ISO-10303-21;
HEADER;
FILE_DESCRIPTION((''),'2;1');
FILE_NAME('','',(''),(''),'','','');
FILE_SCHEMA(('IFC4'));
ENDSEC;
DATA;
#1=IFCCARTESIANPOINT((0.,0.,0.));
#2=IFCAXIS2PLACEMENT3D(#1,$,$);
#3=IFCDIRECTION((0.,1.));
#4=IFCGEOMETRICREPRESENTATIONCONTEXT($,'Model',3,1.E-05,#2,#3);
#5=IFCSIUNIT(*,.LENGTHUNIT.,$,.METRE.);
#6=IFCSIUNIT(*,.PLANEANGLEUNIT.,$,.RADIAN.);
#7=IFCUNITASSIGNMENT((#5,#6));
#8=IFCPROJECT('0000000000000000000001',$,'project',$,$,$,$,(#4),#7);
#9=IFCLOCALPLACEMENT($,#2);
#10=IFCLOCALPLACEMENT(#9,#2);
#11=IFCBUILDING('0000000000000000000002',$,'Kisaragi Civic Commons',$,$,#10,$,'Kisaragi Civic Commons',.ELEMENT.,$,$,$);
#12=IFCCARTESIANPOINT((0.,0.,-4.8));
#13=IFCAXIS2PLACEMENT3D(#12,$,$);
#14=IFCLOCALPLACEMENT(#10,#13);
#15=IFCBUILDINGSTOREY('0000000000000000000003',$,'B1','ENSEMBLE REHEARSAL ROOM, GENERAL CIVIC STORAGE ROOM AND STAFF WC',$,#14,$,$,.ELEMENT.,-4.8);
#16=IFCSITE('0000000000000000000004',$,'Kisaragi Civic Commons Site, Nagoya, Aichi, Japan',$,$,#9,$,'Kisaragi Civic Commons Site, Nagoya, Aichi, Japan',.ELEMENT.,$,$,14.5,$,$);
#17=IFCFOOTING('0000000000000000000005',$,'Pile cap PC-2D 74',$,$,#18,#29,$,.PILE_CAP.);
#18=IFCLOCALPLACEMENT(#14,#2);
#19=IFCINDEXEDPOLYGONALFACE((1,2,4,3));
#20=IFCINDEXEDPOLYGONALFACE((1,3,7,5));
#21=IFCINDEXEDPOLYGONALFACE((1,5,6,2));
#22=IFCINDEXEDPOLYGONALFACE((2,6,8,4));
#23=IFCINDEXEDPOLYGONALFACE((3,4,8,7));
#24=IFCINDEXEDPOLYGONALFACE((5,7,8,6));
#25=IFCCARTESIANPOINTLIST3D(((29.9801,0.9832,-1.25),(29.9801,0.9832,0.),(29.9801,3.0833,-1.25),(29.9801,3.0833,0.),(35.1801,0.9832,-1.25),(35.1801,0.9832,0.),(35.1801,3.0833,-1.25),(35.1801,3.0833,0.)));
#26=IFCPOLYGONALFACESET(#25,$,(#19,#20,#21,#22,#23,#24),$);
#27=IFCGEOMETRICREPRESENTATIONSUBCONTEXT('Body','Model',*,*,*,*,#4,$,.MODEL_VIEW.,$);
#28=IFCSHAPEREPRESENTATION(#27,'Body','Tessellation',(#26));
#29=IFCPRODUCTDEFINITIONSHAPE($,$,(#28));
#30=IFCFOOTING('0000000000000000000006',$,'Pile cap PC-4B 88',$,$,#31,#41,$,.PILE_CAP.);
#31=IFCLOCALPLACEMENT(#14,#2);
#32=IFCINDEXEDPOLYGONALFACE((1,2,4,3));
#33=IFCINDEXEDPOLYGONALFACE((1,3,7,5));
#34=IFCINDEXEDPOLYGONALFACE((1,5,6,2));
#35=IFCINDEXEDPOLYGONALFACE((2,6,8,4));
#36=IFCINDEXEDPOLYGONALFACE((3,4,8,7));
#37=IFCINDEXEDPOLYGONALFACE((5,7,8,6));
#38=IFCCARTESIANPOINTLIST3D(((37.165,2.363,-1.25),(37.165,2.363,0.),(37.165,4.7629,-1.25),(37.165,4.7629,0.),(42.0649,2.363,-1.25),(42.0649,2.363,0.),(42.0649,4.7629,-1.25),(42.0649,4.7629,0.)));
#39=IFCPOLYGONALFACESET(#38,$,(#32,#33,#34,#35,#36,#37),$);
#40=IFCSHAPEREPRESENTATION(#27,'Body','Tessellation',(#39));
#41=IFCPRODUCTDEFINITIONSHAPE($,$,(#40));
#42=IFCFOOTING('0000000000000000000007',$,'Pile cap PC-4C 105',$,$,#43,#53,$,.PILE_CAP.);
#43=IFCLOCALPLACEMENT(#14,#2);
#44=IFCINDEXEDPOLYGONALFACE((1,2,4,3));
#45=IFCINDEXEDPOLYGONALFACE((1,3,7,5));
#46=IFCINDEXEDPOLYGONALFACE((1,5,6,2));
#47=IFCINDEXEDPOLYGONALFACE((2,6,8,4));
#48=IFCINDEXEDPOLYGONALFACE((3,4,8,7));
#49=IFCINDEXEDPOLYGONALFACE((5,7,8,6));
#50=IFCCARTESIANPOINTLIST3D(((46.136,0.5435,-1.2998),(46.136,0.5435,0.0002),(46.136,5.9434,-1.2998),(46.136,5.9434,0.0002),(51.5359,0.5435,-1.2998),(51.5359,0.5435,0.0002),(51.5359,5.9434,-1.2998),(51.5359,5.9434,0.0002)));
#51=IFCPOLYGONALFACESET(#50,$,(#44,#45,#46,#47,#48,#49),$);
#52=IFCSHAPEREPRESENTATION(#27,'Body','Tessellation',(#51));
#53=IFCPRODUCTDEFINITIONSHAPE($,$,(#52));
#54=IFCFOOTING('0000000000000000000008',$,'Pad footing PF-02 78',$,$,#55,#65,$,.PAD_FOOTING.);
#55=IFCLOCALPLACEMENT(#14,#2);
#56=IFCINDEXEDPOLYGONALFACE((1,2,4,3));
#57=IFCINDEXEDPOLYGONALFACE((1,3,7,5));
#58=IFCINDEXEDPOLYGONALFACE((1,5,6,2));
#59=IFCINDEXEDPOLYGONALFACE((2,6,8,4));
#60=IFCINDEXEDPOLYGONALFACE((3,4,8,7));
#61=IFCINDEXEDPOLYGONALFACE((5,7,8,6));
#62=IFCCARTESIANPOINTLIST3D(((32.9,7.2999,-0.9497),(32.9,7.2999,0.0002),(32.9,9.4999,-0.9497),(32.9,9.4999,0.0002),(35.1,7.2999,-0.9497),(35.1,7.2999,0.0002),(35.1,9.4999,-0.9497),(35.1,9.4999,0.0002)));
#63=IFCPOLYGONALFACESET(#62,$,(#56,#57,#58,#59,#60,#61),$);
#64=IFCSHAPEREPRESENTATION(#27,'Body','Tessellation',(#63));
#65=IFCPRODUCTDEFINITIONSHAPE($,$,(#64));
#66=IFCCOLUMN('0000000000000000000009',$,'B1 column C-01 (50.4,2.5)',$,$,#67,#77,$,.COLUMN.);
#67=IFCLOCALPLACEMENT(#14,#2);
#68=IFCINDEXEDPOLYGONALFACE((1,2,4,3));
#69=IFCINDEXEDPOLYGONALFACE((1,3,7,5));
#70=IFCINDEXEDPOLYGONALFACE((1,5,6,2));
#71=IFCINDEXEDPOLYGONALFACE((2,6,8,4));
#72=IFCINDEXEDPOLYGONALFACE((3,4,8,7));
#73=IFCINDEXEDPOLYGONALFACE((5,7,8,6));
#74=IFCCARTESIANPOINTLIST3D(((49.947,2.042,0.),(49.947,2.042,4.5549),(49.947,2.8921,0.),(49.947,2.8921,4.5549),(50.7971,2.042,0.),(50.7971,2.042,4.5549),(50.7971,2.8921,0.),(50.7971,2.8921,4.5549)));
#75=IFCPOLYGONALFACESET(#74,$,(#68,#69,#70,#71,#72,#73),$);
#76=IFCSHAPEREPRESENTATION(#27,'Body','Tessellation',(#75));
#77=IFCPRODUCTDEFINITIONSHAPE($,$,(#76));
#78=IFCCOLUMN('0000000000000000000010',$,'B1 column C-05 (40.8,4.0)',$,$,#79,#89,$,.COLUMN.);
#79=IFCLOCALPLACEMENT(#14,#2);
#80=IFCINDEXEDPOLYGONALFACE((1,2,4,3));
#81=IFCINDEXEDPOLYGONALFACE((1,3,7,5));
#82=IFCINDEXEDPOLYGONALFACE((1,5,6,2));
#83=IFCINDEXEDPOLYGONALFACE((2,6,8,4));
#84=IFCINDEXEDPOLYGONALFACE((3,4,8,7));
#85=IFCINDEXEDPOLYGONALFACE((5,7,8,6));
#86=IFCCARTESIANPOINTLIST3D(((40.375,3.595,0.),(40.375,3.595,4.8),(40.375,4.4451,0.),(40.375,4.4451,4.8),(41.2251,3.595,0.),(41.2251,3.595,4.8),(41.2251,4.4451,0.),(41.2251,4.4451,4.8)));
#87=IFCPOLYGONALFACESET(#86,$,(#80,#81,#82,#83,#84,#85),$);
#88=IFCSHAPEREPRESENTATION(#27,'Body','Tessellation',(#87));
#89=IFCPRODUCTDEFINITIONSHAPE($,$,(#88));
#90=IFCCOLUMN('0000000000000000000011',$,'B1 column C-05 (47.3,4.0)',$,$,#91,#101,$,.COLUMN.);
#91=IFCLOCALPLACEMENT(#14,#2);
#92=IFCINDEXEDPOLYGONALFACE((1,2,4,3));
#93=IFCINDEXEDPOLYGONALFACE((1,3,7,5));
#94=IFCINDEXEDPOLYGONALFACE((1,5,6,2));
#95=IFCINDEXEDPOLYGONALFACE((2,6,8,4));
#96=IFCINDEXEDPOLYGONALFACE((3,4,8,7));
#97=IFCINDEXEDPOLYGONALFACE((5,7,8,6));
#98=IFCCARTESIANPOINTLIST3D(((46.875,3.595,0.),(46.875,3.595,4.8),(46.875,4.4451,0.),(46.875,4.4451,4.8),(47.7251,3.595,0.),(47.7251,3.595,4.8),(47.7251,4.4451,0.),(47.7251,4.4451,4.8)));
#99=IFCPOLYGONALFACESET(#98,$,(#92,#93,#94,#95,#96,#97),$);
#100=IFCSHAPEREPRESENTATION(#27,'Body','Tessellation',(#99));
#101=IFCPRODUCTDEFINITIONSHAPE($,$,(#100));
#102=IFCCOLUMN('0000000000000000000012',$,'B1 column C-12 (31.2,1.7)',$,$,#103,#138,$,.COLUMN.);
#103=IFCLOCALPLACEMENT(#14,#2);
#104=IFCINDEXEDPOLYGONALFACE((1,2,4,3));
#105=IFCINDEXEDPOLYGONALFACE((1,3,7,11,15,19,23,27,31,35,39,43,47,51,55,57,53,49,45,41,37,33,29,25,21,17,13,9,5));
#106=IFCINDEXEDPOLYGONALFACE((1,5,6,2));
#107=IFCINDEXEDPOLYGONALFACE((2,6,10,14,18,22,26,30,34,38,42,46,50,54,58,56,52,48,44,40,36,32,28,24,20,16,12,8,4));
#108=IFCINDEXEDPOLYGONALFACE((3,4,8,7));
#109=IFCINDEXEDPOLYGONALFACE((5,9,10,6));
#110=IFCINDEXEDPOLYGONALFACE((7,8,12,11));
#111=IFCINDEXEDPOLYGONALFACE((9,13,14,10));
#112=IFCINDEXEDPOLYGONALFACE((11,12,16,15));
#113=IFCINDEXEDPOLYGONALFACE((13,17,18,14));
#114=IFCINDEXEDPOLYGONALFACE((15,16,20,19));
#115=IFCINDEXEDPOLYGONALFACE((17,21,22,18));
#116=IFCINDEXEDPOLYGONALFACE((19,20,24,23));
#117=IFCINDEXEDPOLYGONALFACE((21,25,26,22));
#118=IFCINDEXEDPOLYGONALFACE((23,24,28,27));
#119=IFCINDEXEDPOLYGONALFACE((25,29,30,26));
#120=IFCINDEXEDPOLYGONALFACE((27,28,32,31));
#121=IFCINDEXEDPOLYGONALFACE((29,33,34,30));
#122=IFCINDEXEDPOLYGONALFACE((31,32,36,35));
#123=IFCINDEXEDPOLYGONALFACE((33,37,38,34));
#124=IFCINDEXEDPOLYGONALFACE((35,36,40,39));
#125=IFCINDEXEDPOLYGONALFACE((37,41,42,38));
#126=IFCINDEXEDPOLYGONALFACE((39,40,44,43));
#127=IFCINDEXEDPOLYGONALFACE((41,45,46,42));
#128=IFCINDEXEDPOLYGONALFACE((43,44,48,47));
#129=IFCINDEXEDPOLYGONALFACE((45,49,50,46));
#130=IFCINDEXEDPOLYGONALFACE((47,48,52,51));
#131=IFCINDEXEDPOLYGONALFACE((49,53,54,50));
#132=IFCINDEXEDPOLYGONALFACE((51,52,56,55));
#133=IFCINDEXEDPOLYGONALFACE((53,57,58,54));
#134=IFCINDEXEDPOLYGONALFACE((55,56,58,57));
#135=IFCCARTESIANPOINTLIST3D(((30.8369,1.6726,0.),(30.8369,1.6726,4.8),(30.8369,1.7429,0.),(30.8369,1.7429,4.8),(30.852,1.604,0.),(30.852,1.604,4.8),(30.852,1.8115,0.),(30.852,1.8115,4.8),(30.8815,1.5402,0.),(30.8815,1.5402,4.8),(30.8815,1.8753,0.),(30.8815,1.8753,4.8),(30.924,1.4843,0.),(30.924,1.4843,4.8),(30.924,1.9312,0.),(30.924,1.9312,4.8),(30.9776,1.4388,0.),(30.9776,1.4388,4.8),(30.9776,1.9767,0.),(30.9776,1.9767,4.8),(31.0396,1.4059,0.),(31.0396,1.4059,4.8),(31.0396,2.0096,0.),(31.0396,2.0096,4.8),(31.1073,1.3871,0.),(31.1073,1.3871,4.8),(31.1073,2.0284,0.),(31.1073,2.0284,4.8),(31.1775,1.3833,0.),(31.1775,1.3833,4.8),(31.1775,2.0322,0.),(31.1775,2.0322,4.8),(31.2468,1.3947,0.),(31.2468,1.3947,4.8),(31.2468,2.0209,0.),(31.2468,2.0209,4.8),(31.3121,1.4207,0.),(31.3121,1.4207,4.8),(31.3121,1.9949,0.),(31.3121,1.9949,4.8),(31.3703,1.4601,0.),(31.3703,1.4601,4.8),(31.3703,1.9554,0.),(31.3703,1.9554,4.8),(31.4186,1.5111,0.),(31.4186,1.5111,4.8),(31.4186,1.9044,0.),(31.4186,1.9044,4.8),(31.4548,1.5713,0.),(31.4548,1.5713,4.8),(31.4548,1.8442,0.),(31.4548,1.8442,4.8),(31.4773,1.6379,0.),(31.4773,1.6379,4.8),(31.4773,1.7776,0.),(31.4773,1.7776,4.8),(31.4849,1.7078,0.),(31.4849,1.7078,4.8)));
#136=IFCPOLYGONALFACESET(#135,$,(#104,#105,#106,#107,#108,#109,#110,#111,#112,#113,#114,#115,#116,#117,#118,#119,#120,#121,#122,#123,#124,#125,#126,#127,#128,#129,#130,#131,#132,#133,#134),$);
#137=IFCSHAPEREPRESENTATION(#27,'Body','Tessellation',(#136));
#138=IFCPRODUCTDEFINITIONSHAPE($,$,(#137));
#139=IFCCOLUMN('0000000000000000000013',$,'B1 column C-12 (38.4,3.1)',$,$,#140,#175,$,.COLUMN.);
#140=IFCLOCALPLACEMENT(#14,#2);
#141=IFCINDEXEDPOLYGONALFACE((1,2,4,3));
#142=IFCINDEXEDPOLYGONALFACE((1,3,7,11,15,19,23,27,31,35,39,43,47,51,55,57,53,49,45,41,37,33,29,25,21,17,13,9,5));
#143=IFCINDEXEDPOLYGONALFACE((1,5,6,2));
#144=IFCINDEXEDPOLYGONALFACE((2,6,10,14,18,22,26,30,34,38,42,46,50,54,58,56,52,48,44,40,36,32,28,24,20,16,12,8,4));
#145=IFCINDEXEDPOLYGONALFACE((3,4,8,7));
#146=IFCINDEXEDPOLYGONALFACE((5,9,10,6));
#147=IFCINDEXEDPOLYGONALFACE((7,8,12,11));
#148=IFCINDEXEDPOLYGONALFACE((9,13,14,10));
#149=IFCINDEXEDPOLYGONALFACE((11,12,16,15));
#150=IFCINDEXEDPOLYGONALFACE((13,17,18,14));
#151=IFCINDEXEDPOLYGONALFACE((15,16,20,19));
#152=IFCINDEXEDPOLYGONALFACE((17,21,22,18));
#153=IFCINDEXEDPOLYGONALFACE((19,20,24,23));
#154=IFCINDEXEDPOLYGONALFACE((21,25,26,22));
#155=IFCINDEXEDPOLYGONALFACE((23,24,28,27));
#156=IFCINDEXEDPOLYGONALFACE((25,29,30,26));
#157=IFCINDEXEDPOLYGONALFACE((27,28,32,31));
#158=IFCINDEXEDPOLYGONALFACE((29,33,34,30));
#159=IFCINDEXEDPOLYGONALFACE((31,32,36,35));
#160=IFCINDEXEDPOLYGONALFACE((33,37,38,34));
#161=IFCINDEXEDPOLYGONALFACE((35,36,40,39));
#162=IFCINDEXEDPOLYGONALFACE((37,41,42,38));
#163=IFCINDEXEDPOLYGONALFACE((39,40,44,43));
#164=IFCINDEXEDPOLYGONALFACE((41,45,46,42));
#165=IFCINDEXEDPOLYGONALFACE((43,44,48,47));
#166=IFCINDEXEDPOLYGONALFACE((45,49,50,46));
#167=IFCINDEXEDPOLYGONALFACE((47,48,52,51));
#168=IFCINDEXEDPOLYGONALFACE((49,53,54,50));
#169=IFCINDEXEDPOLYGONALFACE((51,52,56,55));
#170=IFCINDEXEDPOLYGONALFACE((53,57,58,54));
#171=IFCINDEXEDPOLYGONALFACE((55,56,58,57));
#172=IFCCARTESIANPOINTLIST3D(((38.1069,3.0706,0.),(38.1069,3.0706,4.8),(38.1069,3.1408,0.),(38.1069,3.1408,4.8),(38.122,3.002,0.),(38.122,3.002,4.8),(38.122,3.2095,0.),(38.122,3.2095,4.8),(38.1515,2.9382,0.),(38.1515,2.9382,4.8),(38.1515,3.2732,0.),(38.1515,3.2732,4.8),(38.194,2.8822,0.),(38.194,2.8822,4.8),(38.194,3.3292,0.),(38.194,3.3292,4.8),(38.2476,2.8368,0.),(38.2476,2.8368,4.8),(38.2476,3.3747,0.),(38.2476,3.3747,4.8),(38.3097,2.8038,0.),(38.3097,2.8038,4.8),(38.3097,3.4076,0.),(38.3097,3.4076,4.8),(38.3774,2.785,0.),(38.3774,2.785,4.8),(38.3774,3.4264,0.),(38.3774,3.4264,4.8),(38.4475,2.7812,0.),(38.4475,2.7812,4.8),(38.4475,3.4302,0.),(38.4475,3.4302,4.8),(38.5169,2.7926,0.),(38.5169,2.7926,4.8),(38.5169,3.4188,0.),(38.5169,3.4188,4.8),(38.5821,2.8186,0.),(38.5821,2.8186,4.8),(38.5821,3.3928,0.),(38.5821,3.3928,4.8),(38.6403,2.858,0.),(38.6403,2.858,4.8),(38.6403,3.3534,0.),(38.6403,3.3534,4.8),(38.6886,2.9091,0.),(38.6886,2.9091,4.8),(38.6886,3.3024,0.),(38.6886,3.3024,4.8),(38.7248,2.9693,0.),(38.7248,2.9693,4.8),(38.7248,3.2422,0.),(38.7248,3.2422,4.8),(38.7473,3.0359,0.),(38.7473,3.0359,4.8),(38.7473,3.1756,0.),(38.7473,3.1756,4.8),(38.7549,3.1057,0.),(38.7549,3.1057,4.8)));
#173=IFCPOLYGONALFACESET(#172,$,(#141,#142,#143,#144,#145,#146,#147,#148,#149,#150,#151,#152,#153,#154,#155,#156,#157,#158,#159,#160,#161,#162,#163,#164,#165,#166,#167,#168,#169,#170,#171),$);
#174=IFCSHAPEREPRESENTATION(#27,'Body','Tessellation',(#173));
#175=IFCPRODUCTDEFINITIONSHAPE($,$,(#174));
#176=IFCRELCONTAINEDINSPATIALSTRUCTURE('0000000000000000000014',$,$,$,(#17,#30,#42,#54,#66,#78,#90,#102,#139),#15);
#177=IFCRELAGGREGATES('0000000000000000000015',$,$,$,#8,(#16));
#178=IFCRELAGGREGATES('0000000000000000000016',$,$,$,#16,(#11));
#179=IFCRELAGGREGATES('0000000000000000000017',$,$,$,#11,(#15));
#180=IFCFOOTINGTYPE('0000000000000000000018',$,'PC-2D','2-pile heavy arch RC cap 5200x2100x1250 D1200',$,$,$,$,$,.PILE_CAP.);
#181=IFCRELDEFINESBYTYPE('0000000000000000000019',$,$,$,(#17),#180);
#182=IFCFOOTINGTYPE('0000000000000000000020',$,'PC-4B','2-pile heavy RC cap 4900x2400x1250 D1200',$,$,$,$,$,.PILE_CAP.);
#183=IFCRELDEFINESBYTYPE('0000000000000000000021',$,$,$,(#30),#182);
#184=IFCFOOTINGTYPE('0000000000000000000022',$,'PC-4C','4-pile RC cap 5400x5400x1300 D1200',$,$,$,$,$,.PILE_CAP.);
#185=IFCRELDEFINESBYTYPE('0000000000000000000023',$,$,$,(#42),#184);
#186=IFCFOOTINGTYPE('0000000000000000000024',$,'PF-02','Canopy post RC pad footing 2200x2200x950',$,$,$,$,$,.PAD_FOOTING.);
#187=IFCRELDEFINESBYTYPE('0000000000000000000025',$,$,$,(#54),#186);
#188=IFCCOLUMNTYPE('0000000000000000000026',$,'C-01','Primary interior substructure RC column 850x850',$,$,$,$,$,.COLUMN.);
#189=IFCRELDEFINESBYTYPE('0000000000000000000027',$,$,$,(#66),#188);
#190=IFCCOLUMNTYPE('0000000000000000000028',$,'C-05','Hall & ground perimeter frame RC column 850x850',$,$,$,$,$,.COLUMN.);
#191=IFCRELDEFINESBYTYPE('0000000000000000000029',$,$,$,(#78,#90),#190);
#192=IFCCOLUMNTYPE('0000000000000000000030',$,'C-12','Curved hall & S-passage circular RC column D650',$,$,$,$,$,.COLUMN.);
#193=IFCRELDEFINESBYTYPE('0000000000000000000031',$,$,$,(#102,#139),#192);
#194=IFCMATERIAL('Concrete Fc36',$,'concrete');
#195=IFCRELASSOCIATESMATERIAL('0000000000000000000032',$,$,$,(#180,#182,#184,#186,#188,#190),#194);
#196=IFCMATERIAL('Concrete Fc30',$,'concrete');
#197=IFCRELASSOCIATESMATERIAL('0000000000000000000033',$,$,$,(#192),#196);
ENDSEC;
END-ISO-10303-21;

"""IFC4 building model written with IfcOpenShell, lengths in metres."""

from ifc_helpers import new_model, si_unit, direction, frame, origin, origin_2d, place, context, subcontext, project, spatial, rectangle, circle, extrude, material, material_profile, profile_set, type_object, element, save


model = new_model("IFC4")

# Units and contexts
model_context = context("Model", 3, precision=1e-05, world=origin(), true_north=direction((0.0, 1.0)))
body_context = subcontext(model_context, "Body", "Model", "MODEL_VIEW")
ifc_project = project(units=[si_unit("LENGTHUNIT", "METRE"), si_unit("PLANEANGLEUNIT", "RADIAN")], contexts=[model_context])

# Site, building, storey
site_placement = place(None, origin())
site = spatial("IfcSite", under=ifc_project, at=site_placement, Name="Kisaragi Civic Commons Site, Nagoya, Aichi, Japan", LongName="Kisaragi Civic Commons Site, Nagoya, Aichi, Japan", CompositionType="ELEMENT", RefElevation=14.5)
building_placement = place(site_placement, origin())
building = spatial("IfcBuilding", under=site, at=building_placement, Name="Kisaragi Civic Commons", LongName="Kisaragi Civic Commons", CompositionType="ELEMENT")
storey_placement = place(building_placement, frame((0.0, 0.0, -4.8)))
storey = spatial("IfcBuildingStorey", under=building, at=storey_placement, Name="B1", Description="ENSEMBLE REHEARSAL ROOM, GENERAL CIVIC STORAGE ROOM AND STAFF WC", CompositionType="ELEMENT", Elevation=-4.8)

# Footings
ifc_material_1 = material(Name="Concrete Fc36", Category="concrete")
footing_type_1 = type_object("IfcFootingType", Name="PC-2D", Description="2-pile heavy arch RC cap 5200x2100x1250 D1200", PredefinedType="PILE_CAP", material=ifc_material_1)
footing_1_placement = place(storey_placement, frame((32.5801, 2.0332, -1.25), z_axis=(0.0, 0.0, 1.0), x_axis=(1.0, 0.0, 0.0)))
element("IfcFooting", 1, at=footing_1_placement, inside=storey, type_object=footing_type_1, Name="Pile cap PC-2D 74", PredefinedType="PILE_CAP", context=body_context, shape_type="SweptSolid", body=[
    extrude(rectangle(XDim=5.2, YDim=2.1001, at=origin_2d()), origin(), (0.0, 0.0, 1.0), 1.25),
])
footing_type_2 = type_object("IfcFootingType", Name="PC-4B", Description="2-pile heavy RC cap 4900x2400x1250 D1200", PredefinedType="PILE_CAP", material=ifc_material_1)
footing_2_placement = place(storey_placement, frame((39.615, 3.563, -1.25), z_axis=(0.0, 0.0, 1.0), x_axis=(1.0, 0.0, 0.0)))
element("IfcFooting", 2, at=footing_2_placement, inside=storey, type_object=footing_type_2, Name="Pile cap PC-4B 88", PredefinedType="PILE_CAP", context=body_context, shape_type="SweptSolid", body=[
    extrude(rectangle(XDim=4.8999, YDim=2.3999, at=origin_2d()), origin(), (0.0, 0.0, 1.0), 1.25),
])
footing_type_3 = type_object("IfcFootingType", Name="PC-4C", Description="4-pile RC cap 5400x5400x1300 D1200", PredefinedType="PILE_CAP", material=ifc_material_1)
footing_3_placement = place(storey_placement, frame((48.8359, 3.2434, -1.2998), z_axis=(0.0, 0.0, 1.0), x_axis=(1.0, 0.0, 0.0)))
element("IfcFooting", 3, at=footing_3_placement, inside=storey, type_object=footing_type_3, Name="Pile cap PC-4C 105", PredefinedType="PILE_CAP", context=body_context, shape_type="SweptSolid", body=[
    extrude(rectangle(XDim=5.3999, YDim=5.3999, at=origin_2d()), origin(), (0.0, 0.0, 1.0), 1.3),
])
footing_type_4 = type_object("IfcFootingType", Name="PF-02", Description="Canopy post RC pad footing 2200x2200x950", PredefinedType="PAD_FOOTING", material=ifc_material_1)
footing_4_placement = place(storey_placement, frame((34.0, 8.3999, -0.9497), z_axis=(0.0, 0.0, 1.0), x_axis=(1.0, 0.0, 0.0)))
element("IfcFooting", 4, at=footing_4_placement, inside=storey, type_object=footing_type_4, Name="Pad footing PF-02 78", PredefinedType="PAD_FOOTING", context=body_context, shape_type="SweptSolid", body=[
    extrude(rectangle(XDim=2.2, YDim=2.2, at=origin_2d()), origin(), (0.0, 0.0, 1.0), 0.95),
])

# Columns
ifc_material_profile_1 = material_profile(ifc_material_1, rectangle(XDim=0.8501, YDim=0.8501, at=origin_2d()), Name="RC-850x850", Category="concrete")
ifc_profile_set_1 = profile_set([ifc_material_profile_1], Name="Concrete Fc36")
column_type_1 = type_object("IfcColumnType", Name="C-01", Description="Primary interior substructure RC column 850x850", PredefinedType="COLUMN", material=ifc_profile_set_1)
column_1_placement = place(storey_placement, frame((50.3721, 2.467, 0.0), z_axis=(0.0, 0.0, 1.0), x_axis=(1.0, 0.0, 0.0)))
element("IfcColumn", 5, at=column_1_placement, inside=storey, type_object=column_type_1, Name="B1 column C-01 (50.4,2.5)", PredefinedType="COLUMN", context=body_context, shape_type="SweptSolid", body=[
    extrude(rectangle(XDim=0.8501, YDim=0.8501, at=origin_2d()), origin(), (0.0, 0.0, 1.0), 4.5549),
])
ifc_material_profile_2 = material_profile(ifc_material_1, rectangle(XDim=0.8501, YDim=0.8501, at=origin_2d()), Name="RC-850x850", Category="concrete")
ifc_profile_set_2 = profile_set([ifc_material_profile_2], Name="Concrete Fc36")
column_type_2 = type_object("IfcColumnType", Name="C-05", Description="Hall & ground perimeter frame RC column 850x850", PredefinedType="COLUMN", material=ifc_profile_set_2)
for number, where, z_axis, x_axis, name in (
    (6, (40.8, 4.02, 0.0), (0.0, 0.0, 1.0), (1.0, 0.0, 0.0), "B1 column C-05 (40.8,4.0)"),
    (7, (47.3, 4.02, 0.0), (0.0, 0.0, 1.0), (1.0, 0.0, 0.0), "B1 column C-05 (47.3,4.0)"),
):
    element("IfcColumn", number, at=place(storey_placement, frame(where, z_axis=z_axis, x_axis=x_axis)), inside=storey, type_object=column_type_2, Name=name, PredefinedType="COLUMN", context=body_context, shape_type="SweptSolid", body=[
        extrude(rectangle(XDim=0.8501, YDim=0.8501, at=origin_2d()), origin(), (0.0, 0.0, 1.0), 4.8),
    ])
ifc_material_2 = material(Name="Concrete Fc30", Category="concrete")
ifc_material_profile_3 = material_profile(ifc_material_2, circle(Radius=0.325, at=origin_2d()), Name="RC-D650", Category="concrete")
ifc_profile_set_3 = profile_set([ifc_material_profile_3], Name="Concrete Fc30")
column_type_3 = type_object("IfcColumnType", Name="C-12", Description="Curved hall & S-passage circular RC column D650", PredefinedType="COLUMN", material=ifc_profile_set_3)
for number, where, z_axis, x_axis, name in (
    (8, (31.1599, 1.7078, 0.0), (0.0, 0.0, 1.0), (1.0, 0.0, 0.0), "B1 column C-12 (31.2,1.7)"),
    (9, (38.4299, 3.1057, 0.0), (0.0, 0.0, 1.0), (1.0, 0.0, 0.0), "B1 column C-12 (38.4,3.1)"),
):
    element("IfcColumn", number, at=place(storey_placement, frame(where, z_axis=z_axis, x_axis=x_axis)), inside=storey, type_object=column_type_3, Name=name, PredefinedType="COLUMN", context=body_context, shape_type="SweptSolid", body=[
        extrude(circle(Radius=0.325, at=origin_2d()), origin(), (0.0, 0.0, 1.0), 4.8),
    ])

save(model, "model.ifc")
